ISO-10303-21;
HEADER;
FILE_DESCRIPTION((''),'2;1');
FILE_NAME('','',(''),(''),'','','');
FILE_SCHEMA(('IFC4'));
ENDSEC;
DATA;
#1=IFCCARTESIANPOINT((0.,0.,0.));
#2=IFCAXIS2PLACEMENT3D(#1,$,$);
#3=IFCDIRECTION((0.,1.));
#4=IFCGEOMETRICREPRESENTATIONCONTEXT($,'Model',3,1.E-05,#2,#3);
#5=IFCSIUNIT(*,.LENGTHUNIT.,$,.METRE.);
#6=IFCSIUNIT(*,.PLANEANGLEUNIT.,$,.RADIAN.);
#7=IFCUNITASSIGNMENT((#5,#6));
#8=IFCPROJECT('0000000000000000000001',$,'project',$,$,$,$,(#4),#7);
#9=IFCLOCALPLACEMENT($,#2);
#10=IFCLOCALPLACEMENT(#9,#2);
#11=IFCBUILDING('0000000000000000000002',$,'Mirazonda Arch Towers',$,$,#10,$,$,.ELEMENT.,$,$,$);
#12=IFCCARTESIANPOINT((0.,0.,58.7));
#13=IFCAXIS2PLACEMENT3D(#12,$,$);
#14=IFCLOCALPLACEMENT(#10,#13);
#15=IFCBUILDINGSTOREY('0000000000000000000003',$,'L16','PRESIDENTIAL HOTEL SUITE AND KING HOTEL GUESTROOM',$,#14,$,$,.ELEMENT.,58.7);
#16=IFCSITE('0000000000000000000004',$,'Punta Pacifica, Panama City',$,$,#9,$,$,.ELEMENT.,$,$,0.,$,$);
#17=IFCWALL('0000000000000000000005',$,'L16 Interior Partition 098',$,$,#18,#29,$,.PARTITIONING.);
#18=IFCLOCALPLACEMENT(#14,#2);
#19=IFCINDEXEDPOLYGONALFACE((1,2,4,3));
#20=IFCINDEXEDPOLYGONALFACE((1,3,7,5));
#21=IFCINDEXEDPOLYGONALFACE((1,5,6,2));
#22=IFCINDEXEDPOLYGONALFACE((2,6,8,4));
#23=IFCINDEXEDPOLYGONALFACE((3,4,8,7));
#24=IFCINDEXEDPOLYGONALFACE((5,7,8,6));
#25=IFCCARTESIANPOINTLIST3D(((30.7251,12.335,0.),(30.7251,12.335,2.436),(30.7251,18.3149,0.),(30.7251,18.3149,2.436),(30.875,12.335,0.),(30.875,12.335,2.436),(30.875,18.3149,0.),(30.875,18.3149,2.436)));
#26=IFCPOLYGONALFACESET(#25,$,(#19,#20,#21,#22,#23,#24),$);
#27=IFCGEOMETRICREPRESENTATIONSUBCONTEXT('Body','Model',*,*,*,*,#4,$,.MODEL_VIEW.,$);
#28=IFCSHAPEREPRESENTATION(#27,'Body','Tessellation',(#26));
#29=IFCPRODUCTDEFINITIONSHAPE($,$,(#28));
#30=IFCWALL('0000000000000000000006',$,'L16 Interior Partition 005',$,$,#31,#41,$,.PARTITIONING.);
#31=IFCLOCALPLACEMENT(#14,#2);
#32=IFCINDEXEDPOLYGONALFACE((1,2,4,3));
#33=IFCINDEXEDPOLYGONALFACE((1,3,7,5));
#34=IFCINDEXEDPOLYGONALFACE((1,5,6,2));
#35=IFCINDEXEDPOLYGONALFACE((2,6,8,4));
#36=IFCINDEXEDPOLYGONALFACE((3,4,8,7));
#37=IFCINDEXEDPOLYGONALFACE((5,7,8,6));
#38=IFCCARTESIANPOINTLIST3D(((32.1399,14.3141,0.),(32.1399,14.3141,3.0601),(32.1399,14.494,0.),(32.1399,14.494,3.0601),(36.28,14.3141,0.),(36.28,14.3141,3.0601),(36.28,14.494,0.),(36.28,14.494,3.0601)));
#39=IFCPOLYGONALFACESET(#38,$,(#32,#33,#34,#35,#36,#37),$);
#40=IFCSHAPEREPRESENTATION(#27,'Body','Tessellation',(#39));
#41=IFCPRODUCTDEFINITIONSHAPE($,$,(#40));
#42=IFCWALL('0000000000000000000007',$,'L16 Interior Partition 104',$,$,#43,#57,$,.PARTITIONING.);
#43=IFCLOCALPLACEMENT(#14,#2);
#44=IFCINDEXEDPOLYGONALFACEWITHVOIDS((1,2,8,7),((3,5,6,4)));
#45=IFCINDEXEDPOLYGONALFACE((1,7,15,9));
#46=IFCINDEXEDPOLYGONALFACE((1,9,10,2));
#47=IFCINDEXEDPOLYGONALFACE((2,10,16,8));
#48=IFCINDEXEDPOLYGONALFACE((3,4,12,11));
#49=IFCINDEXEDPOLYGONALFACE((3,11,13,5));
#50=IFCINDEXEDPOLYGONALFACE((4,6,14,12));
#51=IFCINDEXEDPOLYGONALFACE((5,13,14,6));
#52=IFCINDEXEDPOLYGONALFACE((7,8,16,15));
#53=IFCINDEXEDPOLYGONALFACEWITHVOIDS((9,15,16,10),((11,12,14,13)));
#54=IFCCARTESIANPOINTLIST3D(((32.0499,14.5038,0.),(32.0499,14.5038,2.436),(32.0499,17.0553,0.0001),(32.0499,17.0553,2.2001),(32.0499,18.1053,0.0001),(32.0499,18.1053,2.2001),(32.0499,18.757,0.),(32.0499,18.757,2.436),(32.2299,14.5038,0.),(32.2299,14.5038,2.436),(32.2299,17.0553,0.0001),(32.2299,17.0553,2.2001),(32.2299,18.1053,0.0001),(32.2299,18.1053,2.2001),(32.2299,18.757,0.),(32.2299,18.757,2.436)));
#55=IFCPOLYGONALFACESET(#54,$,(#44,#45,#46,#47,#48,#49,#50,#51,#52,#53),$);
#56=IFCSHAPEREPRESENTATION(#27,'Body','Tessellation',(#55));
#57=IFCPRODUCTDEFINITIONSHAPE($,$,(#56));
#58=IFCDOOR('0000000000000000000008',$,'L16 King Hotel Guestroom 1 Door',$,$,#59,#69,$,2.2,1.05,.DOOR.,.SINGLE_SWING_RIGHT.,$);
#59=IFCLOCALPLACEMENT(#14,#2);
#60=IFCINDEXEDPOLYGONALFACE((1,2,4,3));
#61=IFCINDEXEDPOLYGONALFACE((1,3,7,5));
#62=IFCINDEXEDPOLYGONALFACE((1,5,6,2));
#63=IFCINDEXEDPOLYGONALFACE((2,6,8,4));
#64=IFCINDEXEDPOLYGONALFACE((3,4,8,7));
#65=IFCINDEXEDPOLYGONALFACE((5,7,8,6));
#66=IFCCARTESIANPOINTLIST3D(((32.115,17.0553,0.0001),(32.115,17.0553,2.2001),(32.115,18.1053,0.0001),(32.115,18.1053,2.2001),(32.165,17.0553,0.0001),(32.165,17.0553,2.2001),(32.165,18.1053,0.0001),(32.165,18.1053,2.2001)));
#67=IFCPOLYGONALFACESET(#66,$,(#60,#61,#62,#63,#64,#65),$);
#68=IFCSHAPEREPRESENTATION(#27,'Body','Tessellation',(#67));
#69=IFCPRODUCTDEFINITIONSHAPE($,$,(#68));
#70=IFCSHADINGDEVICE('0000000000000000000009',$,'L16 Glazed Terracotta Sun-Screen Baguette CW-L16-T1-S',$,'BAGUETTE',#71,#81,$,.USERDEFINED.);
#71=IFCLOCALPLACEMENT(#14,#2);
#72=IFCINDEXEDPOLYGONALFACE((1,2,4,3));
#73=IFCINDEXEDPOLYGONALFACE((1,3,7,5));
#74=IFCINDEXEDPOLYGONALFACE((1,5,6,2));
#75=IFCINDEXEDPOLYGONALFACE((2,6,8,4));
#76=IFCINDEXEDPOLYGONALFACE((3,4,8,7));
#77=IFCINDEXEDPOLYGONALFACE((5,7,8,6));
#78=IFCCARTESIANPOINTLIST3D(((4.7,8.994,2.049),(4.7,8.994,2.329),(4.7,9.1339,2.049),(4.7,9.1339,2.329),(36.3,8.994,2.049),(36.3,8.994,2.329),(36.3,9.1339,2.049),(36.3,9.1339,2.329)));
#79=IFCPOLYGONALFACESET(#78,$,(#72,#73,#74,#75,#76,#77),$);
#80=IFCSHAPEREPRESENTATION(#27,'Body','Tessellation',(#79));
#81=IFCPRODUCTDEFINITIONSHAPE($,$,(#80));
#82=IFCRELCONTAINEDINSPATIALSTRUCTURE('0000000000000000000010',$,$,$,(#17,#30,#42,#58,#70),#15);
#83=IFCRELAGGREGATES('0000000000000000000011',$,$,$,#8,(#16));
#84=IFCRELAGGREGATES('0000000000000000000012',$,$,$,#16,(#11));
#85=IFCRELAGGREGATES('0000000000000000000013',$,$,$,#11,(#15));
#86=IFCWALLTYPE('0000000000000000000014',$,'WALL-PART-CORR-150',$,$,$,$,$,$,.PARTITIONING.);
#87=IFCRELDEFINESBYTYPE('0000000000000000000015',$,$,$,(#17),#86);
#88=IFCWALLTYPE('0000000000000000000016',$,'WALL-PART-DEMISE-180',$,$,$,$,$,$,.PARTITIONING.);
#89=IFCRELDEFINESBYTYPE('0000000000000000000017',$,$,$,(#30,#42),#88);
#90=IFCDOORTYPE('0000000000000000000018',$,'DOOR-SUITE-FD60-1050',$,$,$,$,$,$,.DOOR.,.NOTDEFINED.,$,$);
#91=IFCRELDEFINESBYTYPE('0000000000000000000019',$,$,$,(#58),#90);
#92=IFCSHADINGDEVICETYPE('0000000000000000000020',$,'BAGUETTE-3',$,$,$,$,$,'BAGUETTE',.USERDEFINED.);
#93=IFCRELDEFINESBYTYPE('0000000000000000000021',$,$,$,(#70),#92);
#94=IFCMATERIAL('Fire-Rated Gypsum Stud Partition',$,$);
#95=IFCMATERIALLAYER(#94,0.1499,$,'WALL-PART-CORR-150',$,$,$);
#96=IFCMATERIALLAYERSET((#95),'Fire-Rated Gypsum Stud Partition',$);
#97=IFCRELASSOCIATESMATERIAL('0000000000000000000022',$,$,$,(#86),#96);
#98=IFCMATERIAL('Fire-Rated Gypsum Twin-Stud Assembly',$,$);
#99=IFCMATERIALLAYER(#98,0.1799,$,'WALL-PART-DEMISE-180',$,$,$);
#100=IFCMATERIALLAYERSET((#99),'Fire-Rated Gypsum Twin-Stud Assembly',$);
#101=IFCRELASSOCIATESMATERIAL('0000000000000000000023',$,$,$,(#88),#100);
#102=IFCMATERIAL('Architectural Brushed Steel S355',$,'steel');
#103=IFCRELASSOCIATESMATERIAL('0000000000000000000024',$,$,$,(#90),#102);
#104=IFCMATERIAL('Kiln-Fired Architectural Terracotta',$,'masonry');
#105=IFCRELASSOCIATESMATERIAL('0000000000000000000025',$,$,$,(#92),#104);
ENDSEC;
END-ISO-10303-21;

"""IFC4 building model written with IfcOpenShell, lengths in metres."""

from ifc_helpers import new_model, si_unit, direction, frame, frame_2d, origin, origin_2d, place, context, subcontext, project, spatial, rectangle, extrude, material, layer, layer_set, material_profile, profile_set, type_object, element, fill, save


model = new_model("IFC4")

# Units and contexts
model_context = context("Model", 3, precision=1e-05, world=origin(), true_north=direction((0.0, 1.0)))
body_context = subcontext(model_context, "Body", "Model", "MODEL_VIEW")
ifc_project = project(units=[si_unit("LENGTHUNIT", "METRE"), si_unit("PLANEANGLEUNIT", "RADIAN")], contexts=[model_context])

# Site, building, storey
site_placement = place(None, origin())
site = spatial("IfcSite", under=ifc_project, at=site_placement, Name="Punta Pacifica, Panama City", CompositionType="ELEMENT", RefElevation=0.0)
building_placement = place(site_placement, origin())
building = spatial("IfcBuilding", under=site, at=building_placement, Name="Mirazonda Arch Towers", CompositionType="ELEMENT")
storey_placement = place(building_placement, frame((0.0, 0.0, 58.7)))
storey = spatial("IfcBuildingStorey", under=building, at=storey_placement, Name="L16", Description="PRESIDENTIAL HOTEL SUITE AND KING HOTEL GUESTROOM", CompositionType="ELEMENT", Elevation=58.7)

# Walls
ifc_material_1 = material(Name="Fire-Rated Gypsum Stud Partition")
ifc_layer_1 = layer(ifc_material_1, 0.1499, Name="WALL-PART-CORR-150")
ifc_layer_set_1 = layer_set([ifc_layer_1], Name="Fire-Rated Gypsum Stud Partition")
wall_type_1 = type_object("IfcWallType", Name="WALL-PART-CORR-150", PredefinedType="PARTITIONING", material=ifc_layer_set_1)
wall_1_placement = place(storey_placement, frame((30.8, 12.335, 0.0), z_axis=(0.0, 0.0, 1.0), x_axis=(0.0, 1.0, 0.0)))
element("IfcWall", 1, at=wall_1_placement, inside=storey, type_object=wall_type_1, Name="L16 Interior Partition 098", PredefinedType="PARTITIONING", context=body_context, shape_type="SweptSolid", body=[
    extrude(rectangle(XDim=5.98, YDim=0.1499, at=frame_2d((2.99, 0.0))), origin(), (0.0, 0.0, 1.0), 2.436),
])
ifc_material_2 = material(Name="Fire-Rated Gypsum Twin-Stud Assembly")
ifc_layer_2 = layer(ifc_material_2, 0.1799, Name="WALL-PART-DEMISE-180")
ifc_layer_set_2 = layer_set([ifc_layer_2], Name="Fire-Rated Gypsum Twin-Stud Assembly")
wall_type_2 = type_object("IfcWallType", Name="WALL-PART-DEMISE-180", PredefinedType="PARTITIONING", material=ifc_layer_set_2)
wall_2_placement = place(storey_placement, frame((32.1399, 14.4041, 0.0), z_axis=(0.0, 0.0, 1.0), x_axis=(1.0, 0.0, 0.0)))
element("IfcWall", 2, at=wall_2_placement, inside=storey, type_object=wall_type_2, Name="L16 Interior Partition 005", PredefinedType="PARTITIONING", context=body_context, shape_type="SweptSolid", body=[
    extrude(rectangle(XDim=4.1401, YDim=0.1799, at=frame_2d((2.0701, 0.0))), origin(), (0.0, 0.0, 1.0), 3.0601),
])

# Wall, opening, door
ifc_material_3 = material(Name="Architectural Brushed Steel S355", Category="steel")
wall_3_placement = place(storey_placement, frame((32.1399, 14.5039, 0.0), z_axis=(0.0, 0.0, 1.0), x_axis=(0.0, 1.0, 0.0)))
wall_3 = element("IfcWall", 3, at=wall_3_placement, inside=storey, type_object=wall_type_2, Name="L16 Interior Partition 104", PredefinedType="PARTITIONING", context=body_context, shape_type="SweptSolid", body=[
    extrude(rectangle(XDim=4.2532, YDim=0.1799, at=frame_2d((2.1265, 0.0))), origin(), (0.0, 0.0, 1.0), 2.436),
])
opening_1_placement = place(wall_3_placement, frame((2.5515, 0.0, 0.0)))
opening_1 = element("IfcOpeningElement", 4, at=opening_1_placement, cuts=wall_3, PredefinedType="OPENING", context=body_context, shape_type="SweptSolid", body=[
    extrude(rectangle(XDim=1.05, YDim=2.2, at=frame_2d((0.5249, 1.1001))), frame((0.0, 0.0999, 0.0), z_axis=(0.0, -1.0, 0.0), x_axis=(1.0, 0.0, 0.0)), (0.0, 0.0, 1.0), 0.2),
])
door_type_1 = type_object("IfcDoorType", Name="DOOR-SUITE-FD60-1050", OperationType="NOTDEFINED", PredefinedType="DOOR", material=ifc_material_3)
door_1_placement = place(opening_1_placement, origin())
door_1 = element("IfcDoor", 5, at=door_1_placement, inside=storey, type_object=door_type_1, Name="L16 King Hotel Guestroom 1 Door", OperationType="SINGLE_SWING_RIGHT", OverallHeight=2.2, OverallWidth=1.05, PredefinedType="DOOR", context=body_context, shape_type="SweptSolid", body=[
    extrude(rectangle(XDim=1.05, YDim=2.2, at=frame_2d((0.5249, 1.1001))), frame((0.0, 0.0249, 0.0), z_axis=(0.0, -1.0, 0.0), x_axis=(1.0, 0.0, 0.0)), (0.0, 0.0, 1.0), 0.05),
])
fill(opening_1, door_1)

# Shading device
ifc_material_4 = material(Name="Kiln-Fired Architectural Terracotta", Category="masonry")
ifc_material_profile_1 = material_profile(ifc_material_4, rectangle(XDim=0.1399, YDim=0.28, at=origin_2d()), Name="TERRA-BAG-140x280")
ifc_profile_set_1 = profile_set([ifc_material_profile_1], Name="Kiln-Fired Architectural Terracotta")
shading_device_type = type_object("IfcShadingDeviceType", Name="BAGUETTE-3", ElementType="BAGUETTE", PredefinedType="USERDEFINED", material=ifc_profile_set_1)
shading_device_placement = place(storey_placement, frame((36.3, 9.064, 2.189), z_axis=(-1.0, 0.0, 0.0), x_axis=(0.0, -1.0, 0.0)))
element("IfcShadingDevice", 6, at=shading_device_placement, inside=storey, type_object=shading_device_type, Name="L16 Glazed Terracotta Sun-Screen Baguette CW-L16-T1-S", ObjectType="BAGUETTE", PredefinedType="USERDEFINED", context=body_context, shape_type="SweptSolid", body=[
    extrude(rectangle(XDim=0.1399, YDim=0.28, at=origin_2d()), origin(), (0.0, 0.0, 1.0), 31.6001),
])

save(model, "model.ifc")
